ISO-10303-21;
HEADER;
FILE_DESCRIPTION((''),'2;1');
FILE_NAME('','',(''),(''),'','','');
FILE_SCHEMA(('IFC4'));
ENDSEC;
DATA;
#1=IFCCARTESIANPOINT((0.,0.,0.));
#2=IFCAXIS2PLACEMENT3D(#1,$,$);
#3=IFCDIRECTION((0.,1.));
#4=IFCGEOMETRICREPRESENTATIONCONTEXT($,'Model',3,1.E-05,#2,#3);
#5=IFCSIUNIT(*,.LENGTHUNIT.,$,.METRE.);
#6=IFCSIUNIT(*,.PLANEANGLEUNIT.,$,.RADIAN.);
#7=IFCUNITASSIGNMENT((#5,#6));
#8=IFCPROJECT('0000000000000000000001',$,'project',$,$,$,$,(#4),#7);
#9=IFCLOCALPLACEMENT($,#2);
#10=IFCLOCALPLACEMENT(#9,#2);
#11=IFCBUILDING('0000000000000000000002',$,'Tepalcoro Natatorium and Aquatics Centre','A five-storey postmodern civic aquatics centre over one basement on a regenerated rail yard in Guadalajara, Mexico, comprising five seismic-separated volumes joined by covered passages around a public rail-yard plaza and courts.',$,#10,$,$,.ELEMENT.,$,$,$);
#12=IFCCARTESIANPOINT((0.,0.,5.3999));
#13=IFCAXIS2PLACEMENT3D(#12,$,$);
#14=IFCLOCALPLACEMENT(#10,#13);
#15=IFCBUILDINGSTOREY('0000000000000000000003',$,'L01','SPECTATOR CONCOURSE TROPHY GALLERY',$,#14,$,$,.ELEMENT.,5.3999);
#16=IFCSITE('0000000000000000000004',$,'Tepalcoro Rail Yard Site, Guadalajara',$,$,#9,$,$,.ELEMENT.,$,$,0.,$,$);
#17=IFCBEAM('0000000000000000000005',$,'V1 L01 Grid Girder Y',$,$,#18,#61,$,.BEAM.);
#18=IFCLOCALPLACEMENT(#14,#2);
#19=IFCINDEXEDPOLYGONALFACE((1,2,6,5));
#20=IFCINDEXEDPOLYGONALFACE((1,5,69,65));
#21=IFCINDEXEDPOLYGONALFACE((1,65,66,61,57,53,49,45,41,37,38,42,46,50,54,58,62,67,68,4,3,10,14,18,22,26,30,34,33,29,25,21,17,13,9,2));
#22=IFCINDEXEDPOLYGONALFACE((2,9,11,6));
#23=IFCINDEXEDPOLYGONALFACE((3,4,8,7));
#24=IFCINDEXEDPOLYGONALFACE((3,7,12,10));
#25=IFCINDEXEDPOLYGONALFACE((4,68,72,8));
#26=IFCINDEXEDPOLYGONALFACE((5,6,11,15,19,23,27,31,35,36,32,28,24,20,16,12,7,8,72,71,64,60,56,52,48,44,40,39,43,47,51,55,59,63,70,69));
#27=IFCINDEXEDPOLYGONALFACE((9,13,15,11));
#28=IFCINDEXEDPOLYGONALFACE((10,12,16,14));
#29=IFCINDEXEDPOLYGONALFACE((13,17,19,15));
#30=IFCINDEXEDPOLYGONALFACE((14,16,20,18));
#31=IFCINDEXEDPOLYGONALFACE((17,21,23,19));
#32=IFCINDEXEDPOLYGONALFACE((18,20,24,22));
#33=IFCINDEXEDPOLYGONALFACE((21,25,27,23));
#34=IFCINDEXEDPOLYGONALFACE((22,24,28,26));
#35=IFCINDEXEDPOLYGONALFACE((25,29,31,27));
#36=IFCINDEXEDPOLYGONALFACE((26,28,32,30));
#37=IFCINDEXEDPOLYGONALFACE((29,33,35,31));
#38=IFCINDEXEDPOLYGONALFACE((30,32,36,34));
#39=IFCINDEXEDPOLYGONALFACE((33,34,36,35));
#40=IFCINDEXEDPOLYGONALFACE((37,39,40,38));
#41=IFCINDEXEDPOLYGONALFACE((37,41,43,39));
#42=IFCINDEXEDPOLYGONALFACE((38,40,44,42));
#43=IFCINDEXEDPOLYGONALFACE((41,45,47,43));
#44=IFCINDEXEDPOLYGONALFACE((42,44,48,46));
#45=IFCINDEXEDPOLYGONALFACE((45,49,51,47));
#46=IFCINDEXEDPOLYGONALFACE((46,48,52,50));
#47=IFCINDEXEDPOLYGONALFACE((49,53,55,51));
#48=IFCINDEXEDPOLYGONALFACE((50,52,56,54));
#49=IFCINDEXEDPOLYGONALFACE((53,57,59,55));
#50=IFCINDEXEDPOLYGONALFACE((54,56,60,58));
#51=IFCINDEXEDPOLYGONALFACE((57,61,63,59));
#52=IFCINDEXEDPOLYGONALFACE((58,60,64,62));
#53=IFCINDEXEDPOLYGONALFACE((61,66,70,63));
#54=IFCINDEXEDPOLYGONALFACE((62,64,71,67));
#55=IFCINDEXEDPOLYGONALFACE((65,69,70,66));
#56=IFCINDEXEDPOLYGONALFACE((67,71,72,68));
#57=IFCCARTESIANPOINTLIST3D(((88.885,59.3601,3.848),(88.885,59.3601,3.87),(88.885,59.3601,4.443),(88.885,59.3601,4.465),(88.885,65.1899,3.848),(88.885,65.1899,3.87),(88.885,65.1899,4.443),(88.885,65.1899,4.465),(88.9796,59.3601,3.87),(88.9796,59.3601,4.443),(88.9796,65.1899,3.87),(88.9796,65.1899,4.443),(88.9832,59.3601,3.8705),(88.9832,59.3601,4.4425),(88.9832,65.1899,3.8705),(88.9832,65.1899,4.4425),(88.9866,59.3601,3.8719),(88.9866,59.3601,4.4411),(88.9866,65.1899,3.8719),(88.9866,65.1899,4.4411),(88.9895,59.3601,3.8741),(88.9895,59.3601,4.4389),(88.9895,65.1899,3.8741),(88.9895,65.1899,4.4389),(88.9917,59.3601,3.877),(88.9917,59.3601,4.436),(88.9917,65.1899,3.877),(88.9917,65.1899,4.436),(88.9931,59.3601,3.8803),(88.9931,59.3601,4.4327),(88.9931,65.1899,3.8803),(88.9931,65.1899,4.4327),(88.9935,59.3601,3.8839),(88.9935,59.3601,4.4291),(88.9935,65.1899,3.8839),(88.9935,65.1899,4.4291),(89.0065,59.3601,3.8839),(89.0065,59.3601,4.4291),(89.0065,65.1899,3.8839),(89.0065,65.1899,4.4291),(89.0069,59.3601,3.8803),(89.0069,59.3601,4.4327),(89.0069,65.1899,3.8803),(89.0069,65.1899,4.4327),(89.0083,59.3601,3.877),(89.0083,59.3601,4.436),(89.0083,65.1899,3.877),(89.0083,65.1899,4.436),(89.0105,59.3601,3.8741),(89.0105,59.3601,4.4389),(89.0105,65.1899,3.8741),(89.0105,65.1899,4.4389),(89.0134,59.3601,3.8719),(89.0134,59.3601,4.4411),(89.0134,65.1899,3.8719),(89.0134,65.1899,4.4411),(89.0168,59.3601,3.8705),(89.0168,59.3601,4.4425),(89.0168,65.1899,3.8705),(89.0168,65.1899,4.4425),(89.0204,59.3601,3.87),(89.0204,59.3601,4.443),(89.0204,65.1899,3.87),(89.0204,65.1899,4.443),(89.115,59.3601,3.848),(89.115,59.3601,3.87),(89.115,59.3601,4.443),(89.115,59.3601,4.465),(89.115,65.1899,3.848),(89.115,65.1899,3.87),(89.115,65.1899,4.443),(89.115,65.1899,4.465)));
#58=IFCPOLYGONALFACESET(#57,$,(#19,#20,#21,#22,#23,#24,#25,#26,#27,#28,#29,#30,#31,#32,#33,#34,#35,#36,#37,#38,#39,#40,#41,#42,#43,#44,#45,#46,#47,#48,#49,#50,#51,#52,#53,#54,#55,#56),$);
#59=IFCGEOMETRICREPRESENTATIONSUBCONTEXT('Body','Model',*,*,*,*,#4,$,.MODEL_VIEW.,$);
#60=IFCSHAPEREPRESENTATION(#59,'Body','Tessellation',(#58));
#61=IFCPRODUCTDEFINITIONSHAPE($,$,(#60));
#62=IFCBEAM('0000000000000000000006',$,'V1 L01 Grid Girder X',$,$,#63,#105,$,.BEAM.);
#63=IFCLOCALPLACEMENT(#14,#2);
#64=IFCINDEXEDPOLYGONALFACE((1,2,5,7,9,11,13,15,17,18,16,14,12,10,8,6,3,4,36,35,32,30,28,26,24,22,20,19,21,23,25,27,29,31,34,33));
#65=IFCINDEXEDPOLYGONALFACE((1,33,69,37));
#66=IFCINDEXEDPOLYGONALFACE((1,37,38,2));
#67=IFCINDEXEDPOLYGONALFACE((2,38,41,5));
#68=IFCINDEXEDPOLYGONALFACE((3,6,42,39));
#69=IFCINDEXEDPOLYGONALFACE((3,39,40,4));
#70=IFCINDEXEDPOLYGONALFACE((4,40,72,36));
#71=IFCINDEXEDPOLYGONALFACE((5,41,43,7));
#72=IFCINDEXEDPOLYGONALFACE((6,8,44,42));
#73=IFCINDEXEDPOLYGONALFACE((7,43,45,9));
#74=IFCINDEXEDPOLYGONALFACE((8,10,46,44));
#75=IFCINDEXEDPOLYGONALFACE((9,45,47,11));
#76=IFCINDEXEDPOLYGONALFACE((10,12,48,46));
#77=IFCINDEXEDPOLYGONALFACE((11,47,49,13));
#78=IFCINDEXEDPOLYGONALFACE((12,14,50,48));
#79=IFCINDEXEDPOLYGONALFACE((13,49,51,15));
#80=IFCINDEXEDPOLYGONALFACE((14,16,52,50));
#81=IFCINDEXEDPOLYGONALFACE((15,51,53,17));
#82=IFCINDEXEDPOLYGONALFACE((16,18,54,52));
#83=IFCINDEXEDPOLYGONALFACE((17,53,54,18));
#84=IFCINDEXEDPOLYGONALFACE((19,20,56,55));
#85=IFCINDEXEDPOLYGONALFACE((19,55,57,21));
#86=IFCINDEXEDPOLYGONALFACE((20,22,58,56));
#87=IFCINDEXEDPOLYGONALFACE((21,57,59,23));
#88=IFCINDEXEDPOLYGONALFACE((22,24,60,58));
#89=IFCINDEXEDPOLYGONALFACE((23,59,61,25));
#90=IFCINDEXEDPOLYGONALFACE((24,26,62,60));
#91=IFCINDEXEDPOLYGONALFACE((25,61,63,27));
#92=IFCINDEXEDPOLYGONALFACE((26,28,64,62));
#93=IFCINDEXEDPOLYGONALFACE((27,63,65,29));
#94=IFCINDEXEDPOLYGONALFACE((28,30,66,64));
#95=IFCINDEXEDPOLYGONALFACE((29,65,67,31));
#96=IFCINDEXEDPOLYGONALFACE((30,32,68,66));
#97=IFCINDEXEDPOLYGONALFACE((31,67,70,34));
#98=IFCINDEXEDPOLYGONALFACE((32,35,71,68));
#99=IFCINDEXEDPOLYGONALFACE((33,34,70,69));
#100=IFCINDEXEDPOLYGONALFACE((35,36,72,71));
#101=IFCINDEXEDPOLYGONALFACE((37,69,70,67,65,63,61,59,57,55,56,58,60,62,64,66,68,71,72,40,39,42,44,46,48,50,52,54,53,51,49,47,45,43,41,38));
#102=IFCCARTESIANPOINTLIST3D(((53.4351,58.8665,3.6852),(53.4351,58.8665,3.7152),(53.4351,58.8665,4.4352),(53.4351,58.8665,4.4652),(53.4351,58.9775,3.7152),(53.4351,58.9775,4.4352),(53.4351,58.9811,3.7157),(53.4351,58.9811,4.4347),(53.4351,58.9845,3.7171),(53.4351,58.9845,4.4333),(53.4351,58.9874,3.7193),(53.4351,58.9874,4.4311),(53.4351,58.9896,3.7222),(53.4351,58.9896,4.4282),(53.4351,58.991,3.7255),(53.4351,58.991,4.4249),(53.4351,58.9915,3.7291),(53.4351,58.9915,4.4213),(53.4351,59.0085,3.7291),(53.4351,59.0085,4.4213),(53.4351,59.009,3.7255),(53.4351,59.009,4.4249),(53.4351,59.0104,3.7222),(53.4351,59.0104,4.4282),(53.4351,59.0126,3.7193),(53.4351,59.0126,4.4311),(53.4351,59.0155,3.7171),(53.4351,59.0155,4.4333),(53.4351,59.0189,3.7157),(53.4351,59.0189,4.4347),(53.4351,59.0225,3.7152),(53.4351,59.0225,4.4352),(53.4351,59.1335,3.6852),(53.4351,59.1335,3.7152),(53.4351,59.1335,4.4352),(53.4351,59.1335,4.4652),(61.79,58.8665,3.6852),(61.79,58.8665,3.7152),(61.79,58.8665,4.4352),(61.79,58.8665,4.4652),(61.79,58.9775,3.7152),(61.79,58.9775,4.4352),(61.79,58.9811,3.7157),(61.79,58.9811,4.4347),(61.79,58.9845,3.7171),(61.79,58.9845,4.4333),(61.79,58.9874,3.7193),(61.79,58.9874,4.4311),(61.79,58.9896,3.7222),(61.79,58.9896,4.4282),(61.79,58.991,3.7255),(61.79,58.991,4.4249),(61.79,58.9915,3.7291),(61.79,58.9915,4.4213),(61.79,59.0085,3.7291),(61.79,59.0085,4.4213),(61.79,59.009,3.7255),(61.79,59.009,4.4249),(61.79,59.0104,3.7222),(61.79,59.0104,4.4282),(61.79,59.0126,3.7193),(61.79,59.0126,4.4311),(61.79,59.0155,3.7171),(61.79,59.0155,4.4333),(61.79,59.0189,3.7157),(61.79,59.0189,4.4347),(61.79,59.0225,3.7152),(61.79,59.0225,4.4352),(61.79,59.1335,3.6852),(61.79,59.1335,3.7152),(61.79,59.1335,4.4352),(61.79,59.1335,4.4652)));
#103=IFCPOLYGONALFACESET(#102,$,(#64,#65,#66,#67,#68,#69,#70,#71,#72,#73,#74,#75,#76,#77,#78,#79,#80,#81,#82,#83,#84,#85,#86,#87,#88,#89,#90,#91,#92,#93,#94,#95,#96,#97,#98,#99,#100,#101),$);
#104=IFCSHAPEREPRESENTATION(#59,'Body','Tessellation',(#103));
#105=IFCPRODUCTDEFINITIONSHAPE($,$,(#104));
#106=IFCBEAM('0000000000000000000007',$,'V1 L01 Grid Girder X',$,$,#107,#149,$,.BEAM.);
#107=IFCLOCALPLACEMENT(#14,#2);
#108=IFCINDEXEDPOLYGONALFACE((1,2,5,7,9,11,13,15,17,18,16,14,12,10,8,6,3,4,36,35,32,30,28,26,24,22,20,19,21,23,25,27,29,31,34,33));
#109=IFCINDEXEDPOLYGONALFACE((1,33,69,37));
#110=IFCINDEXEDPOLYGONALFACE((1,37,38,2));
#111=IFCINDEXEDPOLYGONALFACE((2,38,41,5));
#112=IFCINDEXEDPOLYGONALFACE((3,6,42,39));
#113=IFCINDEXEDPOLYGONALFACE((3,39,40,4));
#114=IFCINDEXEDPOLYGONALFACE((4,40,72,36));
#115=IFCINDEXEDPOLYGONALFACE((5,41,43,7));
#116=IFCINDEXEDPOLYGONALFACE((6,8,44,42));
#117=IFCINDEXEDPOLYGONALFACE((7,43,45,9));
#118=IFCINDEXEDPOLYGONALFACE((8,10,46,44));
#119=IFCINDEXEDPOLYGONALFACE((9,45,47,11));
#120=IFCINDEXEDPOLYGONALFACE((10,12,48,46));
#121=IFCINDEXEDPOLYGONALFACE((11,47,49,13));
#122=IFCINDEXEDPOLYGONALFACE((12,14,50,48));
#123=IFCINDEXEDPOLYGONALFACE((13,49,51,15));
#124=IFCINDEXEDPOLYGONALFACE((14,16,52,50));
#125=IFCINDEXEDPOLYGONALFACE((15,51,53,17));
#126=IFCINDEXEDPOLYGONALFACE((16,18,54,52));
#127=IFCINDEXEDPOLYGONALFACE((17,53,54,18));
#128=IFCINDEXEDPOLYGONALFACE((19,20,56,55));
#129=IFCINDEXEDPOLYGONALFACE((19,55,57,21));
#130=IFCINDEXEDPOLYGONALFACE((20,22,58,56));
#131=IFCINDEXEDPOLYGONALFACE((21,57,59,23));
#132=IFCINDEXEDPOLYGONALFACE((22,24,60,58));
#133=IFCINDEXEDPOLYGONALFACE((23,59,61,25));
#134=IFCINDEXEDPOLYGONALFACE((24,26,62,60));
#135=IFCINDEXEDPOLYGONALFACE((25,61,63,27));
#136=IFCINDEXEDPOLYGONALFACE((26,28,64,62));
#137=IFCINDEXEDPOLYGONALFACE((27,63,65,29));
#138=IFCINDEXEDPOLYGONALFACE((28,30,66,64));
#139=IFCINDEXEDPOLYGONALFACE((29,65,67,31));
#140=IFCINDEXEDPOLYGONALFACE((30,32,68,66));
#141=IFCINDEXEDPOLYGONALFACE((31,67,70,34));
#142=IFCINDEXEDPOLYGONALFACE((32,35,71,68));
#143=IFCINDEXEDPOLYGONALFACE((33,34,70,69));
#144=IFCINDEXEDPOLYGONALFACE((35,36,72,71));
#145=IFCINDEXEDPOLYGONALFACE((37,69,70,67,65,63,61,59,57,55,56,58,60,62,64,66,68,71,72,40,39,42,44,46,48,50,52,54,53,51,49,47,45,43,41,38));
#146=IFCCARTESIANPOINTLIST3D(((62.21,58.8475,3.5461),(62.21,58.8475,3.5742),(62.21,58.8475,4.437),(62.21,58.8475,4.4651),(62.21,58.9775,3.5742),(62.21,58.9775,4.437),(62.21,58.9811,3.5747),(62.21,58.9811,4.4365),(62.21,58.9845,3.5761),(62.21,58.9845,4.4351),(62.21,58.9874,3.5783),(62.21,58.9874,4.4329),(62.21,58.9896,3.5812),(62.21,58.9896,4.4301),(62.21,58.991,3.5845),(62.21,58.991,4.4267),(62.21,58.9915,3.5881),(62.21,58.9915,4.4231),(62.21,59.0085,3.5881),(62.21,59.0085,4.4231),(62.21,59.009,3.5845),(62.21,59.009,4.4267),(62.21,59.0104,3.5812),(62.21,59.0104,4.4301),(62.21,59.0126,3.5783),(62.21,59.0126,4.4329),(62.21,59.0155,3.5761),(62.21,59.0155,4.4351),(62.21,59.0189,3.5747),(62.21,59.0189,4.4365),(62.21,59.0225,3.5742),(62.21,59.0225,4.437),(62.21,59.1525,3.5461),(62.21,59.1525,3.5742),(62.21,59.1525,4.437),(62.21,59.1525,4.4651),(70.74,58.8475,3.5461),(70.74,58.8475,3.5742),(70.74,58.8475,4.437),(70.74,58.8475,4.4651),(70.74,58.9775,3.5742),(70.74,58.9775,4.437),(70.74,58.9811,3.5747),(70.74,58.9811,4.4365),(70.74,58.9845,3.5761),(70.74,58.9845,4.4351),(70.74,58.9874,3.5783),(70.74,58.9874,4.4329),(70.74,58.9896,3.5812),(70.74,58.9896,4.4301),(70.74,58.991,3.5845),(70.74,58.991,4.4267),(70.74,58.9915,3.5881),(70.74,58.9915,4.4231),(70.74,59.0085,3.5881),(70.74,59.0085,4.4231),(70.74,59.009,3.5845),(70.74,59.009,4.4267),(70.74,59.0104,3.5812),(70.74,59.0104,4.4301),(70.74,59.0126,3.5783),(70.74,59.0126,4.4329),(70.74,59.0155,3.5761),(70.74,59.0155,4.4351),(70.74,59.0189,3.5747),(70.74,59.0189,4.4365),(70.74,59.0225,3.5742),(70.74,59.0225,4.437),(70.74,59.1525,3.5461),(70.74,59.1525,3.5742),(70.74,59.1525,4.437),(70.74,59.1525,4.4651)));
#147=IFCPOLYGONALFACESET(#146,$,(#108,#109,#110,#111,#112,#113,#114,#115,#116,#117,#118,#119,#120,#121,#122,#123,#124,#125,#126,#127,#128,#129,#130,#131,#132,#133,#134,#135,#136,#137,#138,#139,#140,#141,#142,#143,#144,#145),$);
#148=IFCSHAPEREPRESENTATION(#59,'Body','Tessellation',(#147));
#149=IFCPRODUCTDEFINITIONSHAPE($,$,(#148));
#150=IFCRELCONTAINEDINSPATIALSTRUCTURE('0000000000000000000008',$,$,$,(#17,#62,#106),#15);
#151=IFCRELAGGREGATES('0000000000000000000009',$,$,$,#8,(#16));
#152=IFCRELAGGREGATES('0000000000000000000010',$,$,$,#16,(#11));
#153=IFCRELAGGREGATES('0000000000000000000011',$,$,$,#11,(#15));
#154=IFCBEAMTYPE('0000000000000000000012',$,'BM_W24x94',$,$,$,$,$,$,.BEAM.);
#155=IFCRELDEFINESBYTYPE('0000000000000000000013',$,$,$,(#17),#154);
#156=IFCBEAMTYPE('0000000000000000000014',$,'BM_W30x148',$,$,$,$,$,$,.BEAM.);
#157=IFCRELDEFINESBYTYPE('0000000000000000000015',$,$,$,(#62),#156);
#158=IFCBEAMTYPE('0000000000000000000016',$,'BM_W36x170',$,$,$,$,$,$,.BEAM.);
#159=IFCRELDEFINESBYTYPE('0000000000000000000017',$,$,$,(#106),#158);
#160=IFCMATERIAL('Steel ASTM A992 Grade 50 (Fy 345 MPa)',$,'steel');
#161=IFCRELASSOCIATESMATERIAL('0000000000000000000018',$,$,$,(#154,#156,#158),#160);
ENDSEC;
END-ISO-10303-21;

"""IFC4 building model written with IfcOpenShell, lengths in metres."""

from ifc_helpers import new_model, si_unit, direction, frame, origin, origin_2d, place, context, subcontext, project, spatial, i_section, extrude, material, material_profile, profile_set, type_object, element, save


model = new_model("IFC4")

# Units and contexts
model_context = context("Model", 3, precision=1e-05, world=origin(), true_north=direction((0.0, 1.0)))
body_context = subcontext(model_context, "Body", "Model", "MODEL_VIEW")
ifc_project = project(units=[si_unit("LENGTHUNIT", "METRE"), si_unit("PLANEANGLEUNIT", "RADIAN")], contexts=[model_context])

# Site, building, storey
site_placement = place(None, origin())
site = spatial("IfcSite", under=ifc_project, at=site_placement, Name="Tepalcoro Rail Yard Site, Guadalajara", CompositionType="ELEMENT", RefElevation=0.0)
building_placement = place(site_placement, origin())
building = spatial("IfcBuilding", under=site, at=building_placement, Name="Tepalcoro Natatorium and Aquatics Centre", Description="A five-storey postmodern civic aquatics centre over one basement on a regenerated rail yard in Guadalajara, Mexico, comprising five seismic-separated volumes joined by covered passages around a public rail-yard plaza and courts.", CompositionType="ELEMENT")
storey_placement = place(building_placement, frame((0.0, 0.0, 5.3999)))
storey = spatial("IfcBuildingStorey", under=building, at=storey_placement, Name="L01", Description="SPECTATOR CONCOURSE TROPHY GALLERY", CompositionType="ELEMENT", Elevation=5.3999)

# Beams
ifc_material_1 = material(Name="Steel ASTM A992 Grade 50 (Fy 345 MPa)", Category="steel")
ifc_material_profile_1 = material_profile(ifc_material_1, i_section(OverallWidth=0.23, OverallDepth=0.6169, WebThickness=0.0129, FlangeThickness=0.022, FilletRadius=0.0139, at=origin_2d()), Name="W24X94")
ifc_profile_set_1 = profile_set([ifc_material_profile_1], Name="Steel ASTM A992 Grade 50 (Fy 345 MPa)")
beam_type_1 = type_object("IfcBeamType", Name="BM_W24x94", PredefinedType="BEAM", material=ifc_profile_set_1)
beam_1_placement = place(storey_placement, frame((89.0, 59.3601, 4.1565), z_axis=(0.0, 1.0, 0.0), x_axis=(-1.0, 0.0, 0.0)))
element("IfcBeam", 1, at=beam_1_placement, inside=storey, type_object=beam_type_1, Name="V1 L01 Grid Girder Y", PredefinedType="BEAM", context=body_context, shape_type="SweptSolid", body=[
    extrude(i_section(OverallWidth=0.23, OverallDepth=0.6169, WebThickness=0.0129, FlangeThickness=0.022, FilletRadius=0.0139, at=origin_2d()), origin(), (0.0, 0.0, 1.0), 5.8298),
])
ifc_material_profile_2 = material_profile(ifc_material_1, i_section(OverallWidth=0.2671, OverallDepth=0.78, WebThickness=0.0171, FlangeThickness=0.03, FilletRadius=0.0139, at=origin_2d()), Name="W30X148")
ifc_profile_set_2 = profile_set([ifc_material_profile_2], Name="Steel ASTM A992 Grade 50 (Fy 345 MPa)")
beam_type_2 = type_object("IfcBeamType", Name="BM_W30x148", PredefinedType="BEAM", material=ifc_profile_set_2)
beam_2_placement = place(storey_placement, frame((53.4351, 59.0, 4.0752), z_axis=(1.0, 0.0, 0.0), x_axis=(0.0, 1.0, 0.0)))
element("IfcBeam", 2, at=beam_2_placement, inside=storey, type_object=beam_type_2, Name="V1 L01 Grid Girder X", PredefinedType="BEAM", context=body_context, shape_type="SweptSolid", body=[
    extrude(i_section(OverallWidth=0.2671, OverallDepth=0.78, WebThickness=0.0171, FlangeThickness=0.03, FilletRadius=0.0139, at=origin_2d()), origin(), (0.0, 0.0, 1.0), 8.355),
])
ifc_material_profile_3 = material_profile(ifc_material_1, i_section(OverallWidth=0.3049, OverallDepth=0.9189, WebThickness=0.0171, FlangeThickness=0.0281, FilletRadius=0.0139, at=origin_2d()), Name="W36X170")
ifc_profile_set_3 = profile_set([ifc_material_profile_3], Name="Steel ASTM A992 Grade 50 (Fy 345 MPa)")
beam_type_3 = type_object("IfcBeamType", Name="BM_W36x170", PredefinedType="BEAM", material=ifc_profile_set_3)
beam_3_placement = place(storey_placement, frame((62.21, 59.0, 4.0056), z_axis=(1.0, 0.0, 0.0), x_axis=(0.0, 1.0, 0.0)))
element("IfcBeam", 3, at=beam_3_placement, inside=storey, type_object=beam_type_3, Name="V1 L01 Grid Girder X", PredefinedType="BEAM", context=body_context, shape_type="SweptSolid", body=[
    extrude(i_section(OverallWidth=0.3049, OverallDepth=0.9189, WebThickness=0.0171, FlangeThickness=0.0281, FilletRadius=0.0139, at=origin_2d()), origin(), (0.0, 0.0, 1.0), 8.53),
])

save(model, "model.ifc")
